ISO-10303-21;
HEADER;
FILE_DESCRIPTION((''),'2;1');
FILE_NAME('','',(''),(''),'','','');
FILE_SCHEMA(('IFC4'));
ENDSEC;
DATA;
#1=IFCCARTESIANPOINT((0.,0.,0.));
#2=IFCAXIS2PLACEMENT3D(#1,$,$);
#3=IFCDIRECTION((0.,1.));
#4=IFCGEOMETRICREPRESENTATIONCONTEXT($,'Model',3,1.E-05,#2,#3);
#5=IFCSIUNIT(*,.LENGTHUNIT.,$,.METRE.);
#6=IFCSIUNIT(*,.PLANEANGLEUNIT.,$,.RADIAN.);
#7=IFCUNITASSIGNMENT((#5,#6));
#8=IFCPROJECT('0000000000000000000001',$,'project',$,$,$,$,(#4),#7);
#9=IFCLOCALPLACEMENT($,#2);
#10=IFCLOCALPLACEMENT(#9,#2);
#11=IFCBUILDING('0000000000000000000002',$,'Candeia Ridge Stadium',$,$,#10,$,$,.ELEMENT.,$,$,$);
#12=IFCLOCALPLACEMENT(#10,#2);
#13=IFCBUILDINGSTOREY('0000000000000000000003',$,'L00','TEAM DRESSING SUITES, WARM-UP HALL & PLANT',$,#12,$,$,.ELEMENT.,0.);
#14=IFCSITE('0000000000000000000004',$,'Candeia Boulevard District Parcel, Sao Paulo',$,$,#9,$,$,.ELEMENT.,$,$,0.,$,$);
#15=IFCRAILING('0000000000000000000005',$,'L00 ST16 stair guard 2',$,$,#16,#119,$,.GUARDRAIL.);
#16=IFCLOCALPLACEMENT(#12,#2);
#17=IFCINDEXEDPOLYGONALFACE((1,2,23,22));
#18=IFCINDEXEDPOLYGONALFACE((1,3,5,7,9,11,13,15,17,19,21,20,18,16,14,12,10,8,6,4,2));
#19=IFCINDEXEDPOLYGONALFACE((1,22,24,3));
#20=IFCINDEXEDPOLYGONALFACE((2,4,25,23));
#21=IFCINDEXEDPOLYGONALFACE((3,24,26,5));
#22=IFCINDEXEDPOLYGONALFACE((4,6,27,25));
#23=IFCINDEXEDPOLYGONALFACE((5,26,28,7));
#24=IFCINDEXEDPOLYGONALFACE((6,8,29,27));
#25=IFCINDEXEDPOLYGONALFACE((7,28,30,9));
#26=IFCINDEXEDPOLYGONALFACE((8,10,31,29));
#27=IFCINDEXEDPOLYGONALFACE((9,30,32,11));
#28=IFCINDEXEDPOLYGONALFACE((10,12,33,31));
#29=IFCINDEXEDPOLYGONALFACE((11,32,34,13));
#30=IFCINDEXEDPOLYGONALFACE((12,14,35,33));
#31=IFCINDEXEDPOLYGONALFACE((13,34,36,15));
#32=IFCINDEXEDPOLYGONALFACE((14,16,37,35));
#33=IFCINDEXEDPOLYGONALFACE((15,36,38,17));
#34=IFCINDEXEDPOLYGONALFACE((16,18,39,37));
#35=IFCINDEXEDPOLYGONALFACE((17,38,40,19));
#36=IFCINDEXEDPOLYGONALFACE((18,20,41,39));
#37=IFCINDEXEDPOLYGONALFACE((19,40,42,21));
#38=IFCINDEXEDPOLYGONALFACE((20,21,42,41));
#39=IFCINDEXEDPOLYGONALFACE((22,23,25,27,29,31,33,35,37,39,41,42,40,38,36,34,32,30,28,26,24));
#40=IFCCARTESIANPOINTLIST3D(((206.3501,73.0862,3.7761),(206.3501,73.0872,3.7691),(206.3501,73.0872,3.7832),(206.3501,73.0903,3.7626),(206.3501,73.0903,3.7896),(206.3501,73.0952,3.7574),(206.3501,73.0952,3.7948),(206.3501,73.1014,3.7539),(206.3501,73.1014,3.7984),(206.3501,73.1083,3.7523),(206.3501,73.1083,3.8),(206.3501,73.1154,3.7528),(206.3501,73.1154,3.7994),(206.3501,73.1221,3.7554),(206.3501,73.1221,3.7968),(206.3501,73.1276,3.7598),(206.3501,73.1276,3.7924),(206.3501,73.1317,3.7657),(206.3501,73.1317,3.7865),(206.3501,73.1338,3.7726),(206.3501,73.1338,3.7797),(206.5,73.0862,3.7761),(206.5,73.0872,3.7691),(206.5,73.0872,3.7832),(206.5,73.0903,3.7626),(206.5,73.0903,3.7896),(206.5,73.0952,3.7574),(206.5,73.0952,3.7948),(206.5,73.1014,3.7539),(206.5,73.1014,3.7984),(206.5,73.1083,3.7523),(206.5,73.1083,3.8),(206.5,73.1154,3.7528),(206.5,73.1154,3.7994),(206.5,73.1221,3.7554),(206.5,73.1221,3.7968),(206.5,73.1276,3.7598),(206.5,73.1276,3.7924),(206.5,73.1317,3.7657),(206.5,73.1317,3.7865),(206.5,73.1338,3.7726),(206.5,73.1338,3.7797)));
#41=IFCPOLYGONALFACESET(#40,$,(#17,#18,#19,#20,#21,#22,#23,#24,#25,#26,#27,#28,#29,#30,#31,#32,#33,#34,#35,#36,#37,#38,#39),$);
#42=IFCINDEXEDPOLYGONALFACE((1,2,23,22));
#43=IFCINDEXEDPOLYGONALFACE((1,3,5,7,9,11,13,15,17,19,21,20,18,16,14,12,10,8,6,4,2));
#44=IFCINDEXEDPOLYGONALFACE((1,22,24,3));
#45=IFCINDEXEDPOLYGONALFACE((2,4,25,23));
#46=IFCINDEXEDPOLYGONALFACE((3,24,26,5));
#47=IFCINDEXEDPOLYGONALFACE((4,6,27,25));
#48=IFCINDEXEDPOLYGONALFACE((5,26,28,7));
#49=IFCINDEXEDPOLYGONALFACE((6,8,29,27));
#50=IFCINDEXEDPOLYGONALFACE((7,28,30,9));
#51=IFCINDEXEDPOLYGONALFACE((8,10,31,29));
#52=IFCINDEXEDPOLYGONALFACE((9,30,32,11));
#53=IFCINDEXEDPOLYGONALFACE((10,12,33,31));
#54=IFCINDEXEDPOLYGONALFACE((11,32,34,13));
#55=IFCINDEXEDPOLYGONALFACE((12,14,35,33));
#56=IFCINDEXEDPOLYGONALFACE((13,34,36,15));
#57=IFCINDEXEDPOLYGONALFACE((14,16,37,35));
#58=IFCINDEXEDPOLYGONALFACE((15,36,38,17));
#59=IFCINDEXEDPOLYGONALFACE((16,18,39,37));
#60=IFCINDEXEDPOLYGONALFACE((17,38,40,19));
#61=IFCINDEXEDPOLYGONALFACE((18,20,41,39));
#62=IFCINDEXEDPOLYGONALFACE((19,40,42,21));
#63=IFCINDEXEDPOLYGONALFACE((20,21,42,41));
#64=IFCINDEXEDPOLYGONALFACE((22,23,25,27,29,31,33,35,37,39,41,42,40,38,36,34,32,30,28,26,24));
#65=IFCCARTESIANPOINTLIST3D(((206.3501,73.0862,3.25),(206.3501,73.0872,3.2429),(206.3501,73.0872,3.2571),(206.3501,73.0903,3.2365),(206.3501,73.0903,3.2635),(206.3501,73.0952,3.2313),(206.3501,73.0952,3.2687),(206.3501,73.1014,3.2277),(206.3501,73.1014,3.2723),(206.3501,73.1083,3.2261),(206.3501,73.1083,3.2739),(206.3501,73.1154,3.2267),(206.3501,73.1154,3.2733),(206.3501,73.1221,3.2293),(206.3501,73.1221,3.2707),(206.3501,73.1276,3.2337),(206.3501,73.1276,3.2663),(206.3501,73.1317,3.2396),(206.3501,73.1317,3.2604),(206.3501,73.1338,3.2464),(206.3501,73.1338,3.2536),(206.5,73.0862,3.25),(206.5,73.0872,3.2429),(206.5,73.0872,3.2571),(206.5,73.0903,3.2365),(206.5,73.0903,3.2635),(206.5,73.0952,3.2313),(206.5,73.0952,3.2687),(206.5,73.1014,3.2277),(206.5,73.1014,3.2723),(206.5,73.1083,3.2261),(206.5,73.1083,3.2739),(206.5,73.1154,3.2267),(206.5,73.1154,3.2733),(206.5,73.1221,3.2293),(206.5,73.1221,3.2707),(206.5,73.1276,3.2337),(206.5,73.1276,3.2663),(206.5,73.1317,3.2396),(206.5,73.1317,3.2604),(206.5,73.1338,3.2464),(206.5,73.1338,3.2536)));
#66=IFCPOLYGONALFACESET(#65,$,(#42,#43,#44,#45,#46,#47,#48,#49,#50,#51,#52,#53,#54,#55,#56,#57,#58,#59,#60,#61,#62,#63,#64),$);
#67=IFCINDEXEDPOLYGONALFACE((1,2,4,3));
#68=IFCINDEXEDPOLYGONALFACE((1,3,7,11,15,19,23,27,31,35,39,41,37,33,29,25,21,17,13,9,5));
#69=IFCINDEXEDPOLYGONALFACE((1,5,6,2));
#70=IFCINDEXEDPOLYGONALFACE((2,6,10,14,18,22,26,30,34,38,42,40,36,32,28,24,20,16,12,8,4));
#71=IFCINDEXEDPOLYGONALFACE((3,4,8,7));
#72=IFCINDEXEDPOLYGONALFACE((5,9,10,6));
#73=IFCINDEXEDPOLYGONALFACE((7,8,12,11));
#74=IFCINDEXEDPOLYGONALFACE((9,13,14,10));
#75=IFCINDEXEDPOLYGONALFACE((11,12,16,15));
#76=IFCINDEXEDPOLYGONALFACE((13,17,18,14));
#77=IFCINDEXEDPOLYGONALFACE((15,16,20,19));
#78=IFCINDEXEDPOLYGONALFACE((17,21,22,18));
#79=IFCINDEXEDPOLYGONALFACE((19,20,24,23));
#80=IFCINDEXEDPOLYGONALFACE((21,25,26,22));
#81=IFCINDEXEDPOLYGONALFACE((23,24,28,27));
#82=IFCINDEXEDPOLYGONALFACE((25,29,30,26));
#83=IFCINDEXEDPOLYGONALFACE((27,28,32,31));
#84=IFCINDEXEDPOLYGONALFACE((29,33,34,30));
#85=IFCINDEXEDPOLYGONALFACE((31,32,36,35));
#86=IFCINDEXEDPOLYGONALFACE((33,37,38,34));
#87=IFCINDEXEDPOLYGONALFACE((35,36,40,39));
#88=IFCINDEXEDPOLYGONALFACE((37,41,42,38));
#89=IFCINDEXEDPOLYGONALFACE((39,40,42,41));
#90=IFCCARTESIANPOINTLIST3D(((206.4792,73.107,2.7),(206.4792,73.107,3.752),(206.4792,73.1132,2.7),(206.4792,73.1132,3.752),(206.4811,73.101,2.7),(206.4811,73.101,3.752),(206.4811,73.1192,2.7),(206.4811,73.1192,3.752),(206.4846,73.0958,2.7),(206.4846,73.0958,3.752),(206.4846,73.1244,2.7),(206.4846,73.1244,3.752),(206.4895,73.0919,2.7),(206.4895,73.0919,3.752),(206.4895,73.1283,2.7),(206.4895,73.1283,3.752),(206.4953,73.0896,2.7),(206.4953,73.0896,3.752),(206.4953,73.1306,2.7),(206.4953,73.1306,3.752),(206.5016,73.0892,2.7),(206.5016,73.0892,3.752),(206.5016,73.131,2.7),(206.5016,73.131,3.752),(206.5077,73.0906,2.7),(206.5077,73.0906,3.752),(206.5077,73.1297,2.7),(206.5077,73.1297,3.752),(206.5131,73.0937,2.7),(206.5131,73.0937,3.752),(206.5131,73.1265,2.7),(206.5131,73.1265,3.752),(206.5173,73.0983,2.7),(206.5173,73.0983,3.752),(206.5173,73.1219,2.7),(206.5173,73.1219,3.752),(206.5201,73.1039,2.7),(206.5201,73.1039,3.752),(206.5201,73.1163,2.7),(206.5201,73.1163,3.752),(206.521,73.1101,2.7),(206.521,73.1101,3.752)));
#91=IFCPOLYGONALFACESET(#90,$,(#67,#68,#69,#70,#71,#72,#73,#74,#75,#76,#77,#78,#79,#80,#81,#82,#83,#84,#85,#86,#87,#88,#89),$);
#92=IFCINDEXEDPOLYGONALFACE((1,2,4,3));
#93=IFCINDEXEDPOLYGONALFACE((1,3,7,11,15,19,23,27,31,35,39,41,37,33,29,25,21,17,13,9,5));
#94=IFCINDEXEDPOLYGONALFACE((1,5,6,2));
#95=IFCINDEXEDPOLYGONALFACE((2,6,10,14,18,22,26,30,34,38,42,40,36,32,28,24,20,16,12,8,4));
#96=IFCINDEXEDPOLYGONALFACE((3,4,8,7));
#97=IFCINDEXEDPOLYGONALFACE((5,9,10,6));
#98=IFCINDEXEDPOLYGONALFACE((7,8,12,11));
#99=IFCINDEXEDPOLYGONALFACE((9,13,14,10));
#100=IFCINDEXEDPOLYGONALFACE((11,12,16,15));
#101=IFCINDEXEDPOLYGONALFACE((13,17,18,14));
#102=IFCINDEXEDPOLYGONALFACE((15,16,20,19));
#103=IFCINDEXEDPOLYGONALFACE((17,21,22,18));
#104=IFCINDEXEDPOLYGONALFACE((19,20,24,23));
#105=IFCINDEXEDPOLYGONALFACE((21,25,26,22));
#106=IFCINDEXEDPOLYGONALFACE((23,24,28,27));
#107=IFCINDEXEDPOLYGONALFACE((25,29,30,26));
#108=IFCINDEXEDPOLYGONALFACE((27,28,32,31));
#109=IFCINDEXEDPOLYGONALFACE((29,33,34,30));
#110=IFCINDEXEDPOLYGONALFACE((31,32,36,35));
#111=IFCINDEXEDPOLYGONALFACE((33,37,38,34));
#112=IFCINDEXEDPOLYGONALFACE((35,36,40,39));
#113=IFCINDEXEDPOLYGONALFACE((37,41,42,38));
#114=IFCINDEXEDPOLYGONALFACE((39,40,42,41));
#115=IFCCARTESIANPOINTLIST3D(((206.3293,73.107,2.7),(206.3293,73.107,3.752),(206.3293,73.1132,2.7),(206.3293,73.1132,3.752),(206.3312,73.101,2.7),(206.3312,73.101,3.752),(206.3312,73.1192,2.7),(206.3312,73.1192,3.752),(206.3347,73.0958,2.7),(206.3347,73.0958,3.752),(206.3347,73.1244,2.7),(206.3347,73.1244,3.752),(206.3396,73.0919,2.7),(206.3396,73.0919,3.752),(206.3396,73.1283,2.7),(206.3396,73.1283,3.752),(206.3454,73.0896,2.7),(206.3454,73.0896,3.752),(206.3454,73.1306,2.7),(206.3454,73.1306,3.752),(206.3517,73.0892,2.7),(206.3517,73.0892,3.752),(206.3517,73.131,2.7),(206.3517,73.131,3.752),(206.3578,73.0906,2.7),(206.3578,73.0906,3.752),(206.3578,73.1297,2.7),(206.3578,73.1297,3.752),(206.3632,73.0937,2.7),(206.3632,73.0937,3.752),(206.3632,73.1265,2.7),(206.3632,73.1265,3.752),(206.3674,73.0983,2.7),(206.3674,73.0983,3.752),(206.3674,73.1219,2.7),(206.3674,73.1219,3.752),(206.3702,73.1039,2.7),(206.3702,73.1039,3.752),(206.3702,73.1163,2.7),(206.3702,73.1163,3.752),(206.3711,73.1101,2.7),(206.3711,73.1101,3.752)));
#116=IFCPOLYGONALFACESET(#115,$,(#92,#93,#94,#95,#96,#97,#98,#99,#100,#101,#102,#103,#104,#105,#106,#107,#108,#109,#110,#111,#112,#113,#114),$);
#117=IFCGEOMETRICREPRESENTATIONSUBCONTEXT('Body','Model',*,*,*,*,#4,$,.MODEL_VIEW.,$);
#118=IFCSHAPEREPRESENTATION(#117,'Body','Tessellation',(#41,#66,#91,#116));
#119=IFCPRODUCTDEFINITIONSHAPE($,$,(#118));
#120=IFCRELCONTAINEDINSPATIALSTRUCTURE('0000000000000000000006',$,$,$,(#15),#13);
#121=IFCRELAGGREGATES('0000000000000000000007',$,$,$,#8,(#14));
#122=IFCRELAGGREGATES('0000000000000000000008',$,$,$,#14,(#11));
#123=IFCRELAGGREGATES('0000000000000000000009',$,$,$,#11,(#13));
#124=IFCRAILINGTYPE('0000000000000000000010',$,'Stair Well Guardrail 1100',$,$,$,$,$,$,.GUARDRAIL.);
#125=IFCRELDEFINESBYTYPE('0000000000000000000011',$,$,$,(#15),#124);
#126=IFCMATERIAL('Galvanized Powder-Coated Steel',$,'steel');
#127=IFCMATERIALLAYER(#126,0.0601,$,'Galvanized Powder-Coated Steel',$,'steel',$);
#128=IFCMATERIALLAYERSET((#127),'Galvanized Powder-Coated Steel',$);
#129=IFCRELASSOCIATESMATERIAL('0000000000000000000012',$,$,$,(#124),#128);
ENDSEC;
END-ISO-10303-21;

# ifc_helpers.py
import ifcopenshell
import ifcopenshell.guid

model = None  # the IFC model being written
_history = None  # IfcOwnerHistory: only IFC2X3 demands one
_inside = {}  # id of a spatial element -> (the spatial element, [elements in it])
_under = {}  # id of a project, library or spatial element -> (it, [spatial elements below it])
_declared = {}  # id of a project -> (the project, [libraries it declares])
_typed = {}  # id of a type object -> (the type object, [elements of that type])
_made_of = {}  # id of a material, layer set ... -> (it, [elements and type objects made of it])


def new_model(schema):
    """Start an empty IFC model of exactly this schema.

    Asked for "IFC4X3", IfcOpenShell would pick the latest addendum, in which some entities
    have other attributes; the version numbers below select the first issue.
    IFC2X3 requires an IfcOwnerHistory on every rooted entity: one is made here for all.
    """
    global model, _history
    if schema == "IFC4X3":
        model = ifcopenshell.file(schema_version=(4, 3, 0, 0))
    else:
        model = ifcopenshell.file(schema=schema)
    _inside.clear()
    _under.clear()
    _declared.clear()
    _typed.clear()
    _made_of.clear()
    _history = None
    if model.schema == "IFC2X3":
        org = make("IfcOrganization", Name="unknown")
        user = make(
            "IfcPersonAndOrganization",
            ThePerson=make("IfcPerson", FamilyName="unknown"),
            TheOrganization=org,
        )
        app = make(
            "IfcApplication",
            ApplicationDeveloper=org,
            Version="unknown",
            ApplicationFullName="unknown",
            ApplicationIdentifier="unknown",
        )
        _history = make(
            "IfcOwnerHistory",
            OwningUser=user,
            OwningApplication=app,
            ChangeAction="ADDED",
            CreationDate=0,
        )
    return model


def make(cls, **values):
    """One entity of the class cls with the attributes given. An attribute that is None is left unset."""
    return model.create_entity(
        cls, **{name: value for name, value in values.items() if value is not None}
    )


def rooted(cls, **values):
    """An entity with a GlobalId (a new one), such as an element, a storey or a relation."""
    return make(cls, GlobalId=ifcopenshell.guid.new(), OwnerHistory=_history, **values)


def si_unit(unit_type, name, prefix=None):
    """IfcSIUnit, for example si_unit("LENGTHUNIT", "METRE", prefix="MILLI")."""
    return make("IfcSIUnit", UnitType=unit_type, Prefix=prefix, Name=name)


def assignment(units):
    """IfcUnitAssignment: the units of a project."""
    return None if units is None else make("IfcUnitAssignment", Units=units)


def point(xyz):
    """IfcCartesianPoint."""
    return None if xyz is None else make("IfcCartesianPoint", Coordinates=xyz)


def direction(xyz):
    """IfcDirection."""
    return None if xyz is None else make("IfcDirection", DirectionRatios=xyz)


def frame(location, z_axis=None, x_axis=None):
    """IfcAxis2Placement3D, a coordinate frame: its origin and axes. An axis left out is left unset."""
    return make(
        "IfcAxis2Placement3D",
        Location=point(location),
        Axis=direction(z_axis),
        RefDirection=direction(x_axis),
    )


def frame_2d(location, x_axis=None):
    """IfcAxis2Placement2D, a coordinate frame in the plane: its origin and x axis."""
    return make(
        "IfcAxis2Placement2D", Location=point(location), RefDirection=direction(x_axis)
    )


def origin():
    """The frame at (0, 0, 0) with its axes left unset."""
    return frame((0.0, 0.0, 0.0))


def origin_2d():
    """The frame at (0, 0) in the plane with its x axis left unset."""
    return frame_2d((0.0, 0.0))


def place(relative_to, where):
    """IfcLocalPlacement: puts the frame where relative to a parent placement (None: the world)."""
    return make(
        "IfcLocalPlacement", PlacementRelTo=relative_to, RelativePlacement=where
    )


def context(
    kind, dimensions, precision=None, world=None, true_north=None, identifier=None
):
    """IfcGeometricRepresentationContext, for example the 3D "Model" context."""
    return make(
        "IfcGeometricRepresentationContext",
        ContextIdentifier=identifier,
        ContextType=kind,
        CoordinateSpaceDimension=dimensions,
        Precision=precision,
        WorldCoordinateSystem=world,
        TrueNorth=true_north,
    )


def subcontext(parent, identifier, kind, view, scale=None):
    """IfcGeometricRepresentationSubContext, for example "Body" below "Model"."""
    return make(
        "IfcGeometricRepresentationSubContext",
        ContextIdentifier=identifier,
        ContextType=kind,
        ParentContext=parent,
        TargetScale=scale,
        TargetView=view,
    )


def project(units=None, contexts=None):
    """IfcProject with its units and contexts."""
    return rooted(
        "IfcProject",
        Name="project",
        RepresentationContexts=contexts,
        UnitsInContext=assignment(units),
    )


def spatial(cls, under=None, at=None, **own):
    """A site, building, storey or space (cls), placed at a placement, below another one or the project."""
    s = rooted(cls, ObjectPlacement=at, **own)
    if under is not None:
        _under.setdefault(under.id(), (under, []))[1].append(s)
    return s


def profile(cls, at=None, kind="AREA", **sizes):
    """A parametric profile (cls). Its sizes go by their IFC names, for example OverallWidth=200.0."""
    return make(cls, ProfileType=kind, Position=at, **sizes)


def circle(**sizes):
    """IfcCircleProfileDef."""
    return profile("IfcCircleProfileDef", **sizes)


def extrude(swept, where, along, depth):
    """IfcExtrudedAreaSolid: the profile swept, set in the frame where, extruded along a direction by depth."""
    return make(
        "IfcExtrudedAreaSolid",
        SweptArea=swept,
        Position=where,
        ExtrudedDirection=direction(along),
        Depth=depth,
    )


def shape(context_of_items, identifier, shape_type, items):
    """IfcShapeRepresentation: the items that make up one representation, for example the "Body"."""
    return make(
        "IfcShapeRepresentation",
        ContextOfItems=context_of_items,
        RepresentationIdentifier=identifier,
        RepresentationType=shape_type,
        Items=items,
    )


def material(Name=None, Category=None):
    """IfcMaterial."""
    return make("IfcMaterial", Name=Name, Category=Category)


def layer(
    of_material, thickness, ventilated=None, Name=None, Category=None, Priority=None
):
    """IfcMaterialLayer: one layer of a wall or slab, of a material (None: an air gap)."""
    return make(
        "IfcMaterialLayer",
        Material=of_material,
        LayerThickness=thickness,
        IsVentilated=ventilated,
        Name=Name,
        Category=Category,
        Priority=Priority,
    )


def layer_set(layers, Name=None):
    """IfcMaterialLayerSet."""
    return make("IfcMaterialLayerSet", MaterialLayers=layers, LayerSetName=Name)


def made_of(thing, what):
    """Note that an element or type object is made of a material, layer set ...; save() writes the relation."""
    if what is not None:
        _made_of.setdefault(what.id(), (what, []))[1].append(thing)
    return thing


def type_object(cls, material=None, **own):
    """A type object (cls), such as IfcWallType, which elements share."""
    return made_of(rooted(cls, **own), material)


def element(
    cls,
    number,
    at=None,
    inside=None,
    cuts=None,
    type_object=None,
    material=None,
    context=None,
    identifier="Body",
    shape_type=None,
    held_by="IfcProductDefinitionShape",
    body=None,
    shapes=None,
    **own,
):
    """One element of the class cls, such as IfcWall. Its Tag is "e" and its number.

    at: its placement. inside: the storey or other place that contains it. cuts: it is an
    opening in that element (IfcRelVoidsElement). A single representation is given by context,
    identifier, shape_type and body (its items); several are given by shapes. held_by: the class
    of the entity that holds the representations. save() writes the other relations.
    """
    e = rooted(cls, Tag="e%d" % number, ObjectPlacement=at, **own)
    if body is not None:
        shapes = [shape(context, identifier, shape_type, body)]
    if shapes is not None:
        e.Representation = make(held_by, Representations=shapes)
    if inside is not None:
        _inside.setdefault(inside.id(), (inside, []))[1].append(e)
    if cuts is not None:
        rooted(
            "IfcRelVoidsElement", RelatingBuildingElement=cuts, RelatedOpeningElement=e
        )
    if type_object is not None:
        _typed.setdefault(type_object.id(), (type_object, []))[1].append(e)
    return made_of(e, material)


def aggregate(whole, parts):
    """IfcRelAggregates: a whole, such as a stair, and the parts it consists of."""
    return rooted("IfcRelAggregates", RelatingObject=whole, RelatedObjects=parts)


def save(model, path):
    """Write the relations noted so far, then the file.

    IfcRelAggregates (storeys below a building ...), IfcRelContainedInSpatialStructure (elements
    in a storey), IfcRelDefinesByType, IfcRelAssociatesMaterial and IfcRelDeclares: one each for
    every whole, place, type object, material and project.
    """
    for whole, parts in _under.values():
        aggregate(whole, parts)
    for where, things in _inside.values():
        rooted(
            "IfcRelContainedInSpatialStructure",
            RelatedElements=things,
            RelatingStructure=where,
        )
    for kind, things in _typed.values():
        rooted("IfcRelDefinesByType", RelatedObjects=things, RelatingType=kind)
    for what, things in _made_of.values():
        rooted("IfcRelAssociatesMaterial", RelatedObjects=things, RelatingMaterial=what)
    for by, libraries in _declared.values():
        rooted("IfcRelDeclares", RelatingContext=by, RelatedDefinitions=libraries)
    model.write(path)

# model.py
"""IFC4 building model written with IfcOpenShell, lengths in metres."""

from ifc_helpers import new_model, si_unit, direction, frame, origin, origin_2d, place, context, subcontext, project, spatial, circle, extrude, material, layer, layer_set, type_object, element, save


model = new_model("IFC4")

# Units and contexts
model_context = context("Model", 3, precision=1e-05, world=origin(), true_north=direction((0.0, 1.0)))
body_context = subcontext(model_context, "Body", "Model", "MODEL_VIEW")
ifc_project = project(units=[si_unit("LENGTHUNIT", "METRE"), si_unit("PLANEANGLEUNIT", "RADIAN")], contexts=[model_context])

# Site, building, storey
site_placement = place(None, origin())
site = spatial("IfcSite", under=ifc_project, at=site_placement, Name="Candeia Boulevard District Parcel, Sao Paulo", CompositionType="ELEMENT", RefElevation=0.0)
building_placement = place(site_placement, origin())
building = spatial("IfcBuilding", under=site, at=building_placement, Name="Candeia Ridge Stadium", CompositionType="ELEMENT")
storey_placement = place(building_placement, origin())
storey = spatial("IfcBuildingStorey", under=building, at=storey_placement, Name="L00", Description="TEAM DRESSING SUITES, WARM-UP HALL & PLANT", CompositionType="ELEMENT", Elevation=0.0)

# Railing
ifc_material_1 = material(Name="Galvanized Powder-Coated Steel", Category="steel")
ifc_layer_1 = layer(ifc_material_1, 0.0601, Name="Galvanized Powder-Coated Steel", Category="steel")
ifc_layer_set_1 = layer_set([ifc_layer_1], Name="Galvanized Powder-Coated Steel")
railing_type_1 = type_object("IfcRailingType", Name="Stair Well Guardrail 1100", PredefinedType="GUARDRAIL", material=ifc_layer_set_1)
railing_1_placement = place(storey_placement, frame((206.5, 73.1101, 2.7)))
element("IfcRailing", 1, at=railing_1_placement, inside=storey, type_object=railing_type_1, Name="L00 ST16 stair guard 2", PredefinedType="GUARDRAIL", context=body_context, shape_type="SweptSolid", body=[
    extrude(circle(Radius=0.0239, at=origin_2d()), frame((0.0, 0.0, 1.0762), z_axis=(-1.0, 0.0, 0.0), x_axis=(0.0, -1.0, 0.0)), (0.0, 0.0, 1.0), 0.1499),
    extrude(circle(Radius=0.0239, at=origin_2d()), frame((0.0, 0.0, 0.55), z_axis=(-1.0, 0.0, 0.0), x_axis=(0.0, -1.0, 0.0)), (0.0, 0.0, 1.0), 0.1499),
    extrude(circle(Radius=0.021, at=origin_2d()), origin(), (0.0, 0.0, 1.0), 1.052),
    extrude(circle(Radius=0.021, at=origin_2d()), frame((-0.1499, 0.0, 0.0)), (0.0, 0.0, 1.0), 1.052),
])

save(model, "model.ifc")
